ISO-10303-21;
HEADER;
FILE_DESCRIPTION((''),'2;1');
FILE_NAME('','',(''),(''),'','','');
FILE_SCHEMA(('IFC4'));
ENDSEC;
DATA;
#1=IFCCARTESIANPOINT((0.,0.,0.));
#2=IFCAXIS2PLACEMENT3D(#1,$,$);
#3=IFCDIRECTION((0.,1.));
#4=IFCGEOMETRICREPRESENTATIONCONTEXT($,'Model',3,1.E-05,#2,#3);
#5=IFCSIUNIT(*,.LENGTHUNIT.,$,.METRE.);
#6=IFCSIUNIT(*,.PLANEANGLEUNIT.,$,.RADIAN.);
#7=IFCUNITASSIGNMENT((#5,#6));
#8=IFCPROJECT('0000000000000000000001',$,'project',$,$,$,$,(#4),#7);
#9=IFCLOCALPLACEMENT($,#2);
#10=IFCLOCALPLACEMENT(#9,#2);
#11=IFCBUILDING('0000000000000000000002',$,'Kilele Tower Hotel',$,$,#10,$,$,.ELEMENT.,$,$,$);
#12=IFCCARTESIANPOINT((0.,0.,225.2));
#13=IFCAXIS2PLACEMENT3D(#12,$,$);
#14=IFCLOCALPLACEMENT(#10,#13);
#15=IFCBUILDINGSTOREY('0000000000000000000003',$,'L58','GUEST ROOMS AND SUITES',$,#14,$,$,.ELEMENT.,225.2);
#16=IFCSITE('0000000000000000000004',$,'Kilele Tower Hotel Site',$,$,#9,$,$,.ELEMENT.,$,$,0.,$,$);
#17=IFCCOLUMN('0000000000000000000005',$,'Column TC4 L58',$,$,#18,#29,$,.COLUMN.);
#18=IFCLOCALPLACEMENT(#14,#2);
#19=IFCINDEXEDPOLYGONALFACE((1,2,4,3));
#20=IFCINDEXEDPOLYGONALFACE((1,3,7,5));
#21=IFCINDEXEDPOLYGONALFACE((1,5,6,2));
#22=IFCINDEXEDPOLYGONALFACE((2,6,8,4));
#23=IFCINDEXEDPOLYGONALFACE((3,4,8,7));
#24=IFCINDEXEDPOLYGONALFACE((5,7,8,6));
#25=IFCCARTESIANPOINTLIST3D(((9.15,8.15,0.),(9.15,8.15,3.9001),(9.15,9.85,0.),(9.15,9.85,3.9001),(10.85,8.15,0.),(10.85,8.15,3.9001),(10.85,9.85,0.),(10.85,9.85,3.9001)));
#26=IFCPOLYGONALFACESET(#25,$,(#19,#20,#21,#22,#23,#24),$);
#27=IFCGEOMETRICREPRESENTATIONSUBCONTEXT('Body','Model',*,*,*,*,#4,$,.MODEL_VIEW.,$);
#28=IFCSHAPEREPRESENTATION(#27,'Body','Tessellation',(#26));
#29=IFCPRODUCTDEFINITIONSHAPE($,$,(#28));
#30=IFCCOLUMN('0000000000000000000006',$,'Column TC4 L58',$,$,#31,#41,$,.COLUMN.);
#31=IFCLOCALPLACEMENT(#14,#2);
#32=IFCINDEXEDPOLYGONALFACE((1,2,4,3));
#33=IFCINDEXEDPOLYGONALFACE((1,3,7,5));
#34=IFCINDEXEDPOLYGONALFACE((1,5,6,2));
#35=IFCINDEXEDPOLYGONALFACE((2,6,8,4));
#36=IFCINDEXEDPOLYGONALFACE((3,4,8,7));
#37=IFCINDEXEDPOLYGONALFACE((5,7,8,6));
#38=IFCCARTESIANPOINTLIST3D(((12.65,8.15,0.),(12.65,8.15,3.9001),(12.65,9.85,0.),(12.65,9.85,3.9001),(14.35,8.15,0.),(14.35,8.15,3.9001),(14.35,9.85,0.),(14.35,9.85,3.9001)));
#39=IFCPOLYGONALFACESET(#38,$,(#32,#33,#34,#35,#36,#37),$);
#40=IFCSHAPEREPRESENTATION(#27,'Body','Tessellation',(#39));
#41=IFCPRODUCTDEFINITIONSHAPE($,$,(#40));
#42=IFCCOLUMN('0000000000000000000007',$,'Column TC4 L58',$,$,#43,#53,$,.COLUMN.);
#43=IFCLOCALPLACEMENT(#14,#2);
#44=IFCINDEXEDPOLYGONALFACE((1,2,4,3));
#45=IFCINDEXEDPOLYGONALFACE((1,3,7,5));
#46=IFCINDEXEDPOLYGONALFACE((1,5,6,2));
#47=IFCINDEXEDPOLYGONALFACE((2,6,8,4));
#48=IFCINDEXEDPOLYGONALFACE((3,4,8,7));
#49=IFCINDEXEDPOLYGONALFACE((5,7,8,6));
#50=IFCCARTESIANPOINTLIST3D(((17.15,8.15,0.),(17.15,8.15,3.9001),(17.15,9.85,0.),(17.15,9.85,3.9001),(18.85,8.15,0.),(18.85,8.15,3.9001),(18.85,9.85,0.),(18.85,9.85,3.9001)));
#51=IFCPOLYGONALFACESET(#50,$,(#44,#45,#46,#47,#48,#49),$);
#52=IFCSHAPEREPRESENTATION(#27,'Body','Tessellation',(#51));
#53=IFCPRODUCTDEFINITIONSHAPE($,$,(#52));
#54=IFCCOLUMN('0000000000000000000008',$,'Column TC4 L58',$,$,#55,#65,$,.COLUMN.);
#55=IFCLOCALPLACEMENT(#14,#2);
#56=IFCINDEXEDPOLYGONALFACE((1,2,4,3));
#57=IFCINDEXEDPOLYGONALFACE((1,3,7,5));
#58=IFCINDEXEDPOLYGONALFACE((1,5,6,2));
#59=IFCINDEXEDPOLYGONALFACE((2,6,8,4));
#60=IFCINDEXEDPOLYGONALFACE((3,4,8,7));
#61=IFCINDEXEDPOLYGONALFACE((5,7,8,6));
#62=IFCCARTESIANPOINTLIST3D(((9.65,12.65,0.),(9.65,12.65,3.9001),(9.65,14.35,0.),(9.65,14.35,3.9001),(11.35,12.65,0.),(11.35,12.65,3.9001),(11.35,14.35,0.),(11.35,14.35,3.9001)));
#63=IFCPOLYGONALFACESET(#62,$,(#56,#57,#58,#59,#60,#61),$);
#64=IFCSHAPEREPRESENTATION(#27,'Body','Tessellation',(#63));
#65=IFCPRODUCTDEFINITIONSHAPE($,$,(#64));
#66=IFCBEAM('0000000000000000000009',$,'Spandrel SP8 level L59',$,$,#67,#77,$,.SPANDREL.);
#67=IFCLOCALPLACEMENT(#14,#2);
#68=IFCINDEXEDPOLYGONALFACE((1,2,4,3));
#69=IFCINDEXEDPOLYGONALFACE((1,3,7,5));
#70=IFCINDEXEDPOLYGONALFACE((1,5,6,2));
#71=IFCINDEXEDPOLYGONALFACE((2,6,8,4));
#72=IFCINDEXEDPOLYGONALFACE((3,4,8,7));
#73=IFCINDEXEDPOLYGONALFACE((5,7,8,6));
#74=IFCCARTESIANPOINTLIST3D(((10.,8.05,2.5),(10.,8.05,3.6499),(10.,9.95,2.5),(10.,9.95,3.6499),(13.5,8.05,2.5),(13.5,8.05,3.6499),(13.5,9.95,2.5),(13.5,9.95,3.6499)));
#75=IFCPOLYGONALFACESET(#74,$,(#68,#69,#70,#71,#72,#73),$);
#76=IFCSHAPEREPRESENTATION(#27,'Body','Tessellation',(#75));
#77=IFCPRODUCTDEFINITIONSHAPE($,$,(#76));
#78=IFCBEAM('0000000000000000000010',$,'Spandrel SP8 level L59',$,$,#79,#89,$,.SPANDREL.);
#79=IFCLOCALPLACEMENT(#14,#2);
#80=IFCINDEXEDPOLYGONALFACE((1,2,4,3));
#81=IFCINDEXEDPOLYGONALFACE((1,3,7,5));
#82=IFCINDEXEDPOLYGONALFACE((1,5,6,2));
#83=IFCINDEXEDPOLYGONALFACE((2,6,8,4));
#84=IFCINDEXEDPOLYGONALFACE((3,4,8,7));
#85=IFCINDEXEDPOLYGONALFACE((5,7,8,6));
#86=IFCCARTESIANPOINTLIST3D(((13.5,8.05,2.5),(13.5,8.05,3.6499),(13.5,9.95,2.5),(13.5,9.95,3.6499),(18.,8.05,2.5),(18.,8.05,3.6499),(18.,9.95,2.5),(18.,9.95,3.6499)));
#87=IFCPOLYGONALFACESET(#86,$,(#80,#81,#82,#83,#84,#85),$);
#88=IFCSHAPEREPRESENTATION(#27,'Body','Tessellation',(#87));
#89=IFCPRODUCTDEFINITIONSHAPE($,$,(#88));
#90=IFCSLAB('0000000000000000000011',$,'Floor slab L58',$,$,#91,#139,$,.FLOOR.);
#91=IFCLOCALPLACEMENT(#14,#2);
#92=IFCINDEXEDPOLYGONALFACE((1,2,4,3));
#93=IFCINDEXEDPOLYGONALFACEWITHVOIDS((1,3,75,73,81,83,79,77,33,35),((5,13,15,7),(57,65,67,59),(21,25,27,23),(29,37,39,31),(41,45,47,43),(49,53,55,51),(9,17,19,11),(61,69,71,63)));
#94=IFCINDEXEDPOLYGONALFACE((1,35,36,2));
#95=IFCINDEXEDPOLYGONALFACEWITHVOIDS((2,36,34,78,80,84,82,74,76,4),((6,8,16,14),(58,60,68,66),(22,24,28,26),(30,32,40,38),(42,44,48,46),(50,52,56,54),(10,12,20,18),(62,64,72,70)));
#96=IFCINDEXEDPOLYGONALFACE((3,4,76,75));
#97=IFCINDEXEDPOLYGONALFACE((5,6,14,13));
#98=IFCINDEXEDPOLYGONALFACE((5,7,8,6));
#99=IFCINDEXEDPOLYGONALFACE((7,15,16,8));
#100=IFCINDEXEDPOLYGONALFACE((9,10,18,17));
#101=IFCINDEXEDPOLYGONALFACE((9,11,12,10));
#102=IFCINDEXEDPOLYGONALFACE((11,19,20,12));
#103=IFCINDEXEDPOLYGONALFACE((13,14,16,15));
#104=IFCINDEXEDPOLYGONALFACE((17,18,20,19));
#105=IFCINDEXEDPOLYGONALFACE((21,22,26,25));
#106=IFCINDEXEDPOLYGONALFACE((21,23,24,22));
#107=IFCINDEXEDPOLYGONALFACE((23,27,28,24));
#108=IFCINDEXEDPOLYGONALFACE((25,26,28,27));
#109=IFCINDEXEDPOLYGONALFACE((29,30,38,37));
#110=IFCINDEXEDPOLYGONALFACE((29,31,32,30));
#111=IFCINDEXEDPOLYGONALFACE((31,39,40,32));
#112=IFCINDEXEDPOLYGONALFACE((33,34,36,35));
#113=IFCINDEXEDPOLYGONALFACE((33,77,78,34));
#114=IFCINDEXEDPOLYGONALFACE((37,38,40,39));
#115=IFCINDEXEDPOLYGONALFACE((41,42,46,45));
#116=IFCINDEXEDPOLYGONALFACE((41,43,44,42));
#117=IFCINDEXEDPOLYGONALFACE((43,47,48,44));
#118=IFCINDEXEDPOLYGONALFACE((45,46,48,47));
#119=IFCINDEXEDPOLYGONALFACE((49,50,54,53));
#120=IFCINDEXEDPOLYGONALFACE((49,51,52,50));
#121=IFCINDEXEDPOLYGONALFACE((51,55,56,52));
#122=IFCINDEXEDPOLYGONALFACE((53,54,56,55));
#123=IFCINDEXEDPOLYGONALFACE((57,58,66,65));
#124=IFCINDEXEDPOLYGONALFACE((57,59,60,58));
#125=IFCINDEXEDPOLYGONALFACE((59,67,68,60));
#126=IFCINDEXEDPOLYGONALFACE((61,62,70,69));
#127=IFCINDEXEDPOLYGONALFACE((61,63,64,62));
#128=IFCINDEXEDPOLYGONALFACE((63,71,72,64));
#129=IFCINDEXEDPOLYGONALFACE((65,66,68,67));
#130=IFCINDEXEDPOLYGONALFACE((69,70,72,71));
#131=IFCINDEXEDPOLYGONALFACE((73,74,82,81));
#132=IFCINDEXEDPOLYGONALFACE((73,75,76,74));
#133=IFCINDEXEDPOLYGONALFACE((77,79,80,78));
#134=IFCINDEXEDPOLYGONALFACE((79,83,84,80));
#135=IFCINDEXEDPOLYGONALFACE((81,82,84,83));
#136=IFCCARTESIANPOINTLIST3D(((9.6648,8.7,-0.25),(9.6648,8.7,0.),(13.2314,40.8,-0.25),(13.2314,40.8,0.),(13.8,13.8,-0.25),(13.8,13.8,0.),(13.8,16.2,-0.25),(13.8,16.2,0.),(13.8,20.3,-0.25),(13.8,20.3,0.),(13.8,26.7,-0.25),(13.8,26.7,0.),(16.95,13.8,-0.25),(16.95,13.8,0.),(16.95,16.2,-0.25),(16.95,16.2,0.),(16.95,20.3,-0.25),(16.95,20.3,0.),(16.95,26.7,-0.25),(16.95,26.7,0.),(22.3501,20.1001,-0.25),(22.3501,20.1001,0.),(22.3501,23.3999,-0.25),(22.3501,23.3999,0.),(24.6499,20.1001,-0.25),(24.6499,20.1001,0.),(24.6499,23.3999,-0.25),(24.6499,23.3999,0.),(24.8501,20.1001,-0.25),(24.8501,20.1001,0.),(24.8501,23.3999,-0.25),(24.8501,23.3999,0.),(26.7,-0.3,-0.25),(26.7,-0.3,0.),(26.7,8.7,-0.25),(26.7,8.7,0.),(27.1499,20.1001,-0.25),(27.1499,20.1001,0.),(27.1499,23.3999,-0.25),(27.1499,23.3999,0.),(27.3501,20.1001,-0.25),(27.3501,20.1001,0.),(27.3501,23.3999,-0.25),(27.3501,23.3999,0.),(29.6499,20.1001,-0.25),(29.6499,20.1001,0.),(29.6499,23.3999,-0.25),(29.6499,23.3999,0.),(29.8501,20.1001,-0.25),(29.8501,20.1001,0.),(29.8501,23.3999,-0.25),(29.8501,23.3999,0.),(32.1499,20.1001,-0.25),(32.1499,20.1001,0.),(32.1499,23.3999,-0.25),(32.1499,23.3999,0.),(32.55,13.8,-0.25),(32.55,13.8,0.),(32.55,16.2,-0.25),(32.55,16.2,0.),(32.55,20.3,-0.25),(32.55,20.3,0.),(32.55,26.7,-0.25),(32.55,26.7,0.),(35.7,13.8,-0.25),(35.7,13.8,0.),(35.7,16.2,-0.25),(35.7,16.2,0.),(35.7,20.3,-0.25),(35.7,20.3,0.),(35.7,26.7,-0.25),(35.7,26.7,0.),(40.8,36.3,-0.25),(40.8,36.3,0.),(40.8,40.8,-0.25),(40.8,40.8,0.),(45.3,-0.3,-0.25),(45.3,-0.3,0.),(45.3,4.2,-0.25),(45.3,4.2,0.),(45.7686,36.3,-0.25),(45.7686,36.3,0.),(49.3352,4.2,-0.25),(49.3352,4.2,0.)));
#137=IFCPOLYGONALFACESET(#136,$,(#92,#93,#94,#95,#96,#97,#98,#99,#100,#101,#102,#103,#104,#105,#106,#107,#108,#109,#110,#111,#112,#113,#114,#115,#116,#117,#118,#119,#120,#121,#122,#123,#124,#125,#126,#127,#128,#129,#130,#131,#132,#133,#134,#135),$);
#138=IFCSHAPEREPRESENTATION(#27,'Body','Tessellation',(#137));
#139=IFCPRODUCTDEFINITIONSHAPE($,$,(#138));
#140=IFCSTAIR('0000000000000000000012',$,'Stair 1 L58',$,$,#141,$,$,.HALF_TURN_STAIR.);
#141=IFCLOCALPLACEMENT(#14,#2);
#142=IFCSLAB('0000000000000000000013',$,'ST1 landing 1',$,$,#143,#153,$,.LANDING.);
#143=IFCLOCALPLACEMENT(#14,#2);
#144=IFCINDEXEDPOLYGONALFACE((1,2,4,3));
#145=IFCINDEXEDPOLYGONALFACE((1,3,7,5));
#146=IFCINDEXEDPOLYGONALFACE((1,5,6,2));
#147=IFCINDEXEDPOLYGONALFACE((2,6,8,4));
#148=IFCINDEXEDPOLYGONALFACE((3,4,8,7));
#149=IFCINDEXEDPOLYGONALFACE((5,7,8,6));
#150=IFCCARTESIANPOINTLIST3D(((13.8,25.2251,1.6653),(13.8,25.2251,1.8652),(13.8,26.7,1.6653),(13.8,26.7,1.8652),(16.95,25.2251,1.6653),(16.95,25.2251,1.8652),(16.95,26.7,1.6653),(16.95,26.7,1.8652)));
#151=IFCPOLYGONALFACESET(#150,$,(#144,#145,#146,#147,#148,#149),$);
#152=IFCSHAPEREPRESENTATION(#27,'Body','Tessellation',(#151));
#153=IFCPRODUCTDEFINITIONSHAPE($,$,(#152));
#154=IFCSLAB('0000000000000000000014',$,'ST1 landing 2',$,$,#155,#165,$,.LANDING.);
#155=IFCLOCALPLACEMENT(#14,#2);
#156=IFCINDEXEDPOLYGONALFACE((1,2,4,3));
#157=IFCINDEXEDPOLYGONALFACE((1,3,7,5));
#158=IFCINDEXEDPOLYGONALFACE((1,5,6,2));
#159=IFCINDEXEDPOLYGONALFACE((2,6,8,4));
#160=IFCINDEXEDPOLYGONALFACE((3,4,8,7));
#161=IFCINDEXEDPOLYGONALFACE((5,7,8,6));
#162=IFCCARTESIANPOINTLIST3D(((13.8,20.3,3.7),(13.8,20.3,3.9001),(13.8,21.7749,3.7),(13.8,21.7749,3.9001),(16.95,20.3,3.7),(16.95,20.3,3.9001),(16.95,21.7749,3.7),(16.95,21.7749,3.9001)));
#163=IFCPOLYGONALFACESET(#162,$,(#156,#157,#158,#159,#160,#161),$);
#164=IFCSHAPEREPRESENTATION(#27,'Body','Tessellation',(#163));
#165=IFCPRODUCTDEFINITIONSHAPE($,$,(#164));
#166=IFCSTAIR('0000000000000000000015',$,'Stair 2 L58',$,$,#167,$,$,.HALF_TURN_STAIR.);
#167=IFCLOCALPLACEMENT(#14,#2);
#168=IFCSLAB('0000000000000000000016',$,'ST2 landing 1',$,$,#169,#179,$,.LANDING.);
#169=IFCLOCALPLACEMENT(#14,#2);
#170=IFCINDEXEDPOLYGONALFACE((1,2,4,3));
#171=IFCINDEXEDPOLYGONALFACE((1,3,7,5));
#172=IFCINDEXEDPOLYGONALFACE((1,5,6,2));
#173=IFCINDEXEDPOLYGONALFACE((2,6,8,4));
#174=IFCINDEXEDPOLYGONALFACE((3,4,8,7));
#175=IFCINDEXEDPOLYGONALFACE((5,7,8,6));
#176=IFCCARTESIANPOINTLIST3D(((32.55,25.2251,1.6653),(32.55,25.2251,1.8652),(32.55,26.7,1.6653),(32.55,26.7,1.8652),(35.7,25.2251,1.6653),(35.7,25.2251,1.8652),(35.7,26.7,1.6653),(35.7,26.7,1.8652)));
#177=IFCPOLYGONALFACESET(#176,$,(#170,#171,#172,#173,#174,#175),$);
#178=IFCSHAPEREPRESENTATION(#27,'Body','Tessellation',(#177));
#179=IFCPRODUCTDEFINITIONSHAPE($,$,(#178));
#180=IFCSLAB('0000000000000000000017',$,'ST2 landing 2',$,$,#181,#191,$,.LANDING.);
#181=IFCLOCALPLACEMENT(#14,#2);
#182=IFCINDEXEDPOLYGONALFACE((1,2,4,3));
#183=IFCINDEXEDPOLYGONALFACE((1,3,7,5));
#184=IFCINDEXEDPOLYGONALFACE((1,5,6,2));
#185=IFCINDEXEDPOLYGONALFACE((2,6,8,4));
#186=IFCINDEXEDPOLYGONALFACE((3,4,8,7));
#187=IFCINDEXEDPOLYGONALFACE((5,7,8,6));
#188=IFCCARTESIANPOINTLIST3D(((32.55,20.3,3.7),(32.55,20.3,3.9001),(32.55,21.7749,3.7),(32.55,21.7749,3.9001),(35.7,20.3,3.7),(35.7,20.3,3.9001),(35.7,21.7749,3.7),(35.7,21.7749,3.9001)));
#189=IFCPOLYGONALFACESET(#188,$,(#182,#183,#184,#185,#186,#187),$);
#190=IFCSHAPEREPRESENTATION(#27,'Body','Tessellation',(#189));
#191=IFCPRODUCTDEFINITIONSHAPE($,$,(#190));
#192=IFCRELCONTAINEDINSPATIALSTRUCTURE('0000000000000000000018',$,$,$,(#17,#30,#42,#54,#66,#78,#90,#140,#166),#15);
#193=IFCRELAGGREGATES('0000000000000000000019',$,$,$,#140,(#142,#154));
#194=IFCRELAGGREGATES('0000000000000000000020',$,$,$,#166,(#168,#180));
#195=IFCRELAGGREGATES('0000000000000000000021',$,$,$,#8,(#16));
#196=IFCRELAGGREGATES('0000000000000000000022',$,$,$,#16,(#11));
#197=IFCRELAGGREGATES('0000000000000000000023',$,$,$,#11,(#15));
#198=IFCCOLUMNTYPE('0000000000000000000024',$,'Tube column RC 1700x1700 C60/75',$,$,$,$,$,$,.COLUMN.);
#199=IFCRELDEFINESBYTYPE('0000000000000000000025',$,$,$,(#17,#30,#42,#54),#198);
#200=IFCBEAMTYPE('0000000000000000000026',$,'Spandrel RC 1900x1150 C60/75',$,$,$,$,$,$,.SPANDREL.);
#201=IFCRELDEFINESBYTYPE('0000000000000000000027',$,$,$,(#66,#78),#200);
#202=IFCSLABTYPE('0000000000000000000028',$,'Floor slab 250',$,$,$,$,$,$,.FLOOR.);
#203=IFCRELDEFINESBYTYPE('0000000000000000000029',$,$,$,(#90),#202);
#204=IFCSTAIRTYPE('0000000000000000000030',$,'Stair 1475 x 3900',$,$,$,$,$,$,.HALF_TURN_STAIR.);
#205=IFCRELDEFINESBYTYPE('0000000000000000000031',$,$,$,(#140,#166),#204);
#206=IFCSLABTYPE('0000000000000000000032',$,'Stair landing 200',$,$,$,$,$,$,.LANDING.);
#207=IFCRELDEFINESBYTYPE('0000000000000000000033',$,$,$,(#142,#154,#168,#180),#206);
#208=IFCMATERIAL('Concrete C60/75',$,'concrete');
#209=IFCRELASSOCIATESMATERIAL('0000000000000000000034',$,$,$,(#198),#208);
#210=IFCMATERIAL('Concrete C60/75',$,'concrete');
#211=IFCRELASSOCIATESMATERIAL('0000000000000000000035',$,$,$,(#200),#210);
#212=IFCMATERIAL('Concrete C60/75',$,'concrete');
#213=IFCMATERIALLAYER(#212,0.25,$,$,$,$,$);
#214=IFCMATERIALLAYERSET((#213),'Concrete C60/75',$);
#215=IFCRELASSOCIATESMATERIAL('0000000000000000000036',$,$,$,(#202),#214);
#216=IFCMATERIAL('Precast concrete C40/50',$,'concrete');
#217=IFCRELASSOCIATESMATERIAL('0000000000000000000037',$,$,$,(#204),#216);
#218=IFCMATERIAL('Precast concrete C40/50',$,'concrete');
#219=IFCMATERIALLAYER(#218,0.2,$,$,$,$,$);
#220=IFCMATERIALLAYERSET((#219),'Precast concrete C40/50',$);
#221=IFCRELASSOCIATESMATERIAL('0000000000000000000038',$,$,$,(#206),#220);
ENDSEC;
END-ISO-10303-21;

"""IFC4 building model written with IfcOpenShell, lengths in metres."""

from ifc_helpers import new_model, si_unit, direction, frame, origin, origin_2d, place, context, subcontext, project, spatial, polyline, rectangle, outline, extrude, material, layer, layer_set, material_profile, profile_set, type_object, element, aggregate, save


model = new_model("IFC4")

# Units and contexts
model_context = context("Model", 3, precision=1e-05, world=origin(), true_north=direction((0.0, 1.0)))
body_context = subcontext(model_context, "Body", "Model", "MODEL_VIEW")
ifc_project = project(units=[si_unit("LENGTHUNIT", "METRE"), si_unit("PLANEANGLEUNIT", "RADIAN")], contexts=[model_context])

# Site, building, storey
site_placement = place(None, origin())
site = spatial("IfcSite", under=ifc_project, at=site_placement, Name="Kilele Tower Hotel Site", CompositionType="ELEMENT", RefElevation=0.0)
building_placement = place(site_placement, origin())
building = spatial("IfcBuilding", under=site, at=building_placement, Name="Kilele Tower Hotel", CompositionType="ELEMENT")
storey_placement = place(building_placement, frame((0.0, 0.0, 225.2)))
storey = spatial("IfcBuildingStorey", under=building, at=storey_placement, Name="L58", Description="GUEST ROOMS AND SUITES", CompositionType="ELEMENT", Elevation=225.2)

# Columns
ifc_material_1 = material(Name="Concrete C60/75", Category="concrete")
ifc_material_profile_1 = material_profile(ifc_material_1, rectangle(XDim=1.7, YDim=1.7, at=origin_2d()))
ifc_profile_set_1 = profile_set([ifc_material_profile_1], Name="Concrete C60/75")
column_type = type_object("IfcColumnType", Name="Tube column RC 1700x1700 C60/75", PredefinedType="COLUMN", material=ifc_profile_set_1)
for number, where, z_axis, x_axis, name in (
    (1, (10.0, 9.0, 0.0), (0.0, 0.0, 1.0), (1.0, 0.0, 0.0), "Column TC4 L58"),
    (2, (13.5, 9.0, 0.0), (0.0, 0.0, 1.0), (1.0, 0.0, 0.0), "Column TC4 L58"),
    (3, (18.0, 9.0, 0.0), (0.0, 0.0, 1.0), (1.0, 0.0, 0.0), "Column TC4 L58"),
    (4, (10.5, 13.5, 0.0), (0.0, 0.0, 1.0), (1.0, 0.0, 0.0), "Column TC4 L58"),
):
    element("IfcColumn", number, at=place(storey_placement, frame(where, z_axis=z_axis, x_axis=x_axis)), inside=storey, type_object=column_type, Name=name, PredefinedType="COLUMN", context=body_context, shape_type="SweptSolid", body=[
        extrude(rectangle(XDim=1.7, YDim=1.7, at=origin_2d()), origin(), (0.0, 0.0, 1.0), 3.9001),
    ])

# Beams
ifc_material_2 = material(Name="Concrete C60/75", Category="concrete")
ifc_material_profile_2 = material_profile(ifc_material_2, rectangle(XDim=1.8999, YDim=1.1499, at=origin_2d()))
ifc_profile_set_2 = profile_set([ifc_material_profile_2], Name="Concrete C60/75")
beam_type = type_object("IfcBeamType", Name="Spandrel RC 1900x1150 C60/75", PredefinedType="SPANDREL", material=ifc_profile_set_2)
beam_1_placement = place(storey_placement, frame((10.0, 9.0, 3.075), z_axis=(1.0, 0.0, 0.0), x_axis=(0.0, 1.0, 0.0)))
element("IfcBeam", 5, at=beam_1_placement, inside=storey, type_object=beam_type, Name="Spandrel SP8 level L59", PredefinedType="SPANDREL", context=body_context, shape_type="SweptSolid", body=[
    extrude(rectangle(XDim=1.8999, YDim=1.1499, at=origin_2d()), origin(), (0.0, 0.0, 1.0), 3.5),
])
beam_2_placement = place(storey_placement, frame((13.5, 9.0, 3.075), z_axis=(1.0, 0.0, 0.0), x_axis=(0.0, 1.0, 0.0)))
element("IfcBeam", 6, at=beam_2_placement, inside=storey, type_object=beam_type, Name="Spandrel SP8 level L59", PredefinedType="SPANDREL", context=body_context, shape_type="SweptSolid", body=[
    extrude(rectangle(XDim=1.8999, YDim=1.1499, at=origin_2d()), origin(), (0.0, 0.0, 1.0), 4.5),
])

# Slab
ifc_material_3 = material(Name="Concrete C60/75", Category="concrete")
ifc_layer_1 = layer(ifc_material_3, 0.25)
ifc_layer_set_1 = layer_set([ifc_layer_1], Name="Concrete C60/75")
slab_type_1 = type_object("IfcSlabType", Name="Floor slab 250", PredefinedType="FLOOR", material=ifc_layer_set_1)
slab_1_placement = place(storey_placement, frame((0.0, 0.0, -0.25)))
element("IfcSlab", 7, at=slab_1_placement, inside=storey, type_object=slab_type_1, Name="Floor slab L58", PredefinedType="FLOOR", context=body_context, shape_type="SweptSolid", body=[
    extrude(outline(polyline([(40.8, 40.8), (40.8, 36.3), (45.7686, 36.3), (49.3352, 4.2), (45.3, 4.2), (45.3, -0.3), (26.7, -0.3), (26.7, 8.7), (9.6648, 8.7), (13.2314, 40.8), (40.8, 40.8)]), holes=[polyline([(16.95, 16.2), (13.8, 16.2), (13.8, 13.8), (16.95, 13.8), (16.95, 16.2)]), polyline([(35.7, 16.2), (32.55, 16.2), (32.55, 13.8), (35.7, 13.8), (35.7, 16.2)]), polyline([(24.6499, 23.3999), (22.3501, 23.3999), (22.3501, 20.1001), (24.6499, 20.1001), (24.6499, 23.3999)]), polyline([(27.1499, 23.3999), (24.8501, 23.3999), (24.8501, 20.1001), (27.1499, 20.1001), (27.1499, 23.3999)]), polyline([(29.6499, 23.3999), (27.3501, 23.3999), (27.3501, 20.1001), (29.6499, 20.1001), (29.6499, 23.3999)]), polyline([(32.1499, 23.3999), (29.8501, 23.3999), (29.8501, 20.1001), (32.1499, 20.1001), (32.1499, 23.3999)]), polyline([(16.95, 26.7), (13.8, 26.7), (13.8, 20.3), (16.95, 20.3), (16.95, 26.7)]), polyline([(35.7, 26.7), (32.55, 26.7), (32.55, 20.3), (35.7, 20.3), (35.7, 26.7)])]), origin(), (0.0, 0.0, 1.0), 0.25),
])

# Stairs, slabs
ifc_material_4 = material(Name="Precast concrete C40/50", Category="concrete")
stair_type = type_object("IfcStairType", Name="Stair 1475 x 3900", PredefinedType="HALF_TURN_STAIR", material=ifc_material_4)
stair_1_placement = place(storey_placement, origin())
stair_1 = element("IfcStair", 8, at=stair_1_placement, inside=storey, type_object=stair_type, Name="Stair 1 L58", PredefinedType="HALF_TURN_STAIR")
ifc_material_5 = material(Name="Precast concrete C40/50", Category="concrete")
ifc_layer_2 = layer(ifc_material_5, 0.2)
ifc_layer_set_2 = layer_set([ifc_layer_2], Name="Precast concrete C40/50")
slab_type_2 = type_object("IfcSlabType", Name="Stair landing 200", PredefinedType="LANDING", material=ifc_layer_set_2)
slab_2_placement = place(storey_placement, frame((0.0, 0.0, 1.6653)))
slab_2 = element("IfcSlab", 9, at=slab_2_placement, type_object=slab_type_2, Name="ST1 landing 1", PredefinedType="LANDING", context=body_context, shape_type="SweptSolid", body=[
    extrude(outline(polyline([(13.8, 25.2251), (16.95, 25.2251), (16.95, 26.7), (13.8, 26.7), (13.8, 25.2251)])), origin(), (0.0, 0.0, 1.0), 0.2),
])
slab_3_placement = place(storey_placement, frame((0.0, 0.0, 3.7)))
slab_3 = element("IfcSlab", 10, at=slab_3_placement, type_object=slab_type_2, Name="ST1 landing 2", PredefinedType="LANDING", context=body_context, shape_type="SweptSolid", body=[
    extrude(outline(polyline([(13.8, 20.3), (16.95, 20.3), (16.95, 21.7749), (13.8, 21.7749), (13.8, 20.3)])), origin(), (0.0, 0.0, 1.0), 0.2002),
])
aggregate(stair_1, [slab_2, slab_3])
stair_2_placement = place(storey_placement, origin())
stair_2 = element("IfcStair", 11, at=stair_2_placement, inside=storey, type_object=stair_type, Name="Stair 2 L58", PredefinedType="HALF_TURN_STAIR")
slab_4_placement = place(storey_placement, frame((0.0, 0.0, 1.6653)))
slab_4 = element("IfcSlab", 12, at=slab_4_placement, type_object=slab_type_2, Name="ST2 landing 1", PredefinedType="LANDING", context=body_context, shape_type="SweptSolid", body=[
    extrude(outline(polyline([(32.55, 25.2251), (35.7, 25.2251), (35.7, 26.7), (32.55, 26.7), (32.55, 25.2251)])), origin(), (0.0, 0.0, 1.0), 0.2),
])
slab_5_placement = place(storey_placement, frame((0.0, 0.0, 3.7)))
slab_5 = element("IfcSlab", 13, at=slab_5_placement, type_object=slab_type_2, Name="ST2 landing 2", PredefinedType="LANDING", context=body_context, shape_type="SweptSolid", body=[
    extrude(outline(polyline([(32.55, 20.3), (35.7, 20.3), (35.7, 21.7749), (32.55, 21.7749), (32.55, 20.3)])), origin(), (0.0, 0.0, 1.0), 0.2002),
])
aggregate(stair_2, [slab_4, slab_5])

save(model, "model.ifc")
